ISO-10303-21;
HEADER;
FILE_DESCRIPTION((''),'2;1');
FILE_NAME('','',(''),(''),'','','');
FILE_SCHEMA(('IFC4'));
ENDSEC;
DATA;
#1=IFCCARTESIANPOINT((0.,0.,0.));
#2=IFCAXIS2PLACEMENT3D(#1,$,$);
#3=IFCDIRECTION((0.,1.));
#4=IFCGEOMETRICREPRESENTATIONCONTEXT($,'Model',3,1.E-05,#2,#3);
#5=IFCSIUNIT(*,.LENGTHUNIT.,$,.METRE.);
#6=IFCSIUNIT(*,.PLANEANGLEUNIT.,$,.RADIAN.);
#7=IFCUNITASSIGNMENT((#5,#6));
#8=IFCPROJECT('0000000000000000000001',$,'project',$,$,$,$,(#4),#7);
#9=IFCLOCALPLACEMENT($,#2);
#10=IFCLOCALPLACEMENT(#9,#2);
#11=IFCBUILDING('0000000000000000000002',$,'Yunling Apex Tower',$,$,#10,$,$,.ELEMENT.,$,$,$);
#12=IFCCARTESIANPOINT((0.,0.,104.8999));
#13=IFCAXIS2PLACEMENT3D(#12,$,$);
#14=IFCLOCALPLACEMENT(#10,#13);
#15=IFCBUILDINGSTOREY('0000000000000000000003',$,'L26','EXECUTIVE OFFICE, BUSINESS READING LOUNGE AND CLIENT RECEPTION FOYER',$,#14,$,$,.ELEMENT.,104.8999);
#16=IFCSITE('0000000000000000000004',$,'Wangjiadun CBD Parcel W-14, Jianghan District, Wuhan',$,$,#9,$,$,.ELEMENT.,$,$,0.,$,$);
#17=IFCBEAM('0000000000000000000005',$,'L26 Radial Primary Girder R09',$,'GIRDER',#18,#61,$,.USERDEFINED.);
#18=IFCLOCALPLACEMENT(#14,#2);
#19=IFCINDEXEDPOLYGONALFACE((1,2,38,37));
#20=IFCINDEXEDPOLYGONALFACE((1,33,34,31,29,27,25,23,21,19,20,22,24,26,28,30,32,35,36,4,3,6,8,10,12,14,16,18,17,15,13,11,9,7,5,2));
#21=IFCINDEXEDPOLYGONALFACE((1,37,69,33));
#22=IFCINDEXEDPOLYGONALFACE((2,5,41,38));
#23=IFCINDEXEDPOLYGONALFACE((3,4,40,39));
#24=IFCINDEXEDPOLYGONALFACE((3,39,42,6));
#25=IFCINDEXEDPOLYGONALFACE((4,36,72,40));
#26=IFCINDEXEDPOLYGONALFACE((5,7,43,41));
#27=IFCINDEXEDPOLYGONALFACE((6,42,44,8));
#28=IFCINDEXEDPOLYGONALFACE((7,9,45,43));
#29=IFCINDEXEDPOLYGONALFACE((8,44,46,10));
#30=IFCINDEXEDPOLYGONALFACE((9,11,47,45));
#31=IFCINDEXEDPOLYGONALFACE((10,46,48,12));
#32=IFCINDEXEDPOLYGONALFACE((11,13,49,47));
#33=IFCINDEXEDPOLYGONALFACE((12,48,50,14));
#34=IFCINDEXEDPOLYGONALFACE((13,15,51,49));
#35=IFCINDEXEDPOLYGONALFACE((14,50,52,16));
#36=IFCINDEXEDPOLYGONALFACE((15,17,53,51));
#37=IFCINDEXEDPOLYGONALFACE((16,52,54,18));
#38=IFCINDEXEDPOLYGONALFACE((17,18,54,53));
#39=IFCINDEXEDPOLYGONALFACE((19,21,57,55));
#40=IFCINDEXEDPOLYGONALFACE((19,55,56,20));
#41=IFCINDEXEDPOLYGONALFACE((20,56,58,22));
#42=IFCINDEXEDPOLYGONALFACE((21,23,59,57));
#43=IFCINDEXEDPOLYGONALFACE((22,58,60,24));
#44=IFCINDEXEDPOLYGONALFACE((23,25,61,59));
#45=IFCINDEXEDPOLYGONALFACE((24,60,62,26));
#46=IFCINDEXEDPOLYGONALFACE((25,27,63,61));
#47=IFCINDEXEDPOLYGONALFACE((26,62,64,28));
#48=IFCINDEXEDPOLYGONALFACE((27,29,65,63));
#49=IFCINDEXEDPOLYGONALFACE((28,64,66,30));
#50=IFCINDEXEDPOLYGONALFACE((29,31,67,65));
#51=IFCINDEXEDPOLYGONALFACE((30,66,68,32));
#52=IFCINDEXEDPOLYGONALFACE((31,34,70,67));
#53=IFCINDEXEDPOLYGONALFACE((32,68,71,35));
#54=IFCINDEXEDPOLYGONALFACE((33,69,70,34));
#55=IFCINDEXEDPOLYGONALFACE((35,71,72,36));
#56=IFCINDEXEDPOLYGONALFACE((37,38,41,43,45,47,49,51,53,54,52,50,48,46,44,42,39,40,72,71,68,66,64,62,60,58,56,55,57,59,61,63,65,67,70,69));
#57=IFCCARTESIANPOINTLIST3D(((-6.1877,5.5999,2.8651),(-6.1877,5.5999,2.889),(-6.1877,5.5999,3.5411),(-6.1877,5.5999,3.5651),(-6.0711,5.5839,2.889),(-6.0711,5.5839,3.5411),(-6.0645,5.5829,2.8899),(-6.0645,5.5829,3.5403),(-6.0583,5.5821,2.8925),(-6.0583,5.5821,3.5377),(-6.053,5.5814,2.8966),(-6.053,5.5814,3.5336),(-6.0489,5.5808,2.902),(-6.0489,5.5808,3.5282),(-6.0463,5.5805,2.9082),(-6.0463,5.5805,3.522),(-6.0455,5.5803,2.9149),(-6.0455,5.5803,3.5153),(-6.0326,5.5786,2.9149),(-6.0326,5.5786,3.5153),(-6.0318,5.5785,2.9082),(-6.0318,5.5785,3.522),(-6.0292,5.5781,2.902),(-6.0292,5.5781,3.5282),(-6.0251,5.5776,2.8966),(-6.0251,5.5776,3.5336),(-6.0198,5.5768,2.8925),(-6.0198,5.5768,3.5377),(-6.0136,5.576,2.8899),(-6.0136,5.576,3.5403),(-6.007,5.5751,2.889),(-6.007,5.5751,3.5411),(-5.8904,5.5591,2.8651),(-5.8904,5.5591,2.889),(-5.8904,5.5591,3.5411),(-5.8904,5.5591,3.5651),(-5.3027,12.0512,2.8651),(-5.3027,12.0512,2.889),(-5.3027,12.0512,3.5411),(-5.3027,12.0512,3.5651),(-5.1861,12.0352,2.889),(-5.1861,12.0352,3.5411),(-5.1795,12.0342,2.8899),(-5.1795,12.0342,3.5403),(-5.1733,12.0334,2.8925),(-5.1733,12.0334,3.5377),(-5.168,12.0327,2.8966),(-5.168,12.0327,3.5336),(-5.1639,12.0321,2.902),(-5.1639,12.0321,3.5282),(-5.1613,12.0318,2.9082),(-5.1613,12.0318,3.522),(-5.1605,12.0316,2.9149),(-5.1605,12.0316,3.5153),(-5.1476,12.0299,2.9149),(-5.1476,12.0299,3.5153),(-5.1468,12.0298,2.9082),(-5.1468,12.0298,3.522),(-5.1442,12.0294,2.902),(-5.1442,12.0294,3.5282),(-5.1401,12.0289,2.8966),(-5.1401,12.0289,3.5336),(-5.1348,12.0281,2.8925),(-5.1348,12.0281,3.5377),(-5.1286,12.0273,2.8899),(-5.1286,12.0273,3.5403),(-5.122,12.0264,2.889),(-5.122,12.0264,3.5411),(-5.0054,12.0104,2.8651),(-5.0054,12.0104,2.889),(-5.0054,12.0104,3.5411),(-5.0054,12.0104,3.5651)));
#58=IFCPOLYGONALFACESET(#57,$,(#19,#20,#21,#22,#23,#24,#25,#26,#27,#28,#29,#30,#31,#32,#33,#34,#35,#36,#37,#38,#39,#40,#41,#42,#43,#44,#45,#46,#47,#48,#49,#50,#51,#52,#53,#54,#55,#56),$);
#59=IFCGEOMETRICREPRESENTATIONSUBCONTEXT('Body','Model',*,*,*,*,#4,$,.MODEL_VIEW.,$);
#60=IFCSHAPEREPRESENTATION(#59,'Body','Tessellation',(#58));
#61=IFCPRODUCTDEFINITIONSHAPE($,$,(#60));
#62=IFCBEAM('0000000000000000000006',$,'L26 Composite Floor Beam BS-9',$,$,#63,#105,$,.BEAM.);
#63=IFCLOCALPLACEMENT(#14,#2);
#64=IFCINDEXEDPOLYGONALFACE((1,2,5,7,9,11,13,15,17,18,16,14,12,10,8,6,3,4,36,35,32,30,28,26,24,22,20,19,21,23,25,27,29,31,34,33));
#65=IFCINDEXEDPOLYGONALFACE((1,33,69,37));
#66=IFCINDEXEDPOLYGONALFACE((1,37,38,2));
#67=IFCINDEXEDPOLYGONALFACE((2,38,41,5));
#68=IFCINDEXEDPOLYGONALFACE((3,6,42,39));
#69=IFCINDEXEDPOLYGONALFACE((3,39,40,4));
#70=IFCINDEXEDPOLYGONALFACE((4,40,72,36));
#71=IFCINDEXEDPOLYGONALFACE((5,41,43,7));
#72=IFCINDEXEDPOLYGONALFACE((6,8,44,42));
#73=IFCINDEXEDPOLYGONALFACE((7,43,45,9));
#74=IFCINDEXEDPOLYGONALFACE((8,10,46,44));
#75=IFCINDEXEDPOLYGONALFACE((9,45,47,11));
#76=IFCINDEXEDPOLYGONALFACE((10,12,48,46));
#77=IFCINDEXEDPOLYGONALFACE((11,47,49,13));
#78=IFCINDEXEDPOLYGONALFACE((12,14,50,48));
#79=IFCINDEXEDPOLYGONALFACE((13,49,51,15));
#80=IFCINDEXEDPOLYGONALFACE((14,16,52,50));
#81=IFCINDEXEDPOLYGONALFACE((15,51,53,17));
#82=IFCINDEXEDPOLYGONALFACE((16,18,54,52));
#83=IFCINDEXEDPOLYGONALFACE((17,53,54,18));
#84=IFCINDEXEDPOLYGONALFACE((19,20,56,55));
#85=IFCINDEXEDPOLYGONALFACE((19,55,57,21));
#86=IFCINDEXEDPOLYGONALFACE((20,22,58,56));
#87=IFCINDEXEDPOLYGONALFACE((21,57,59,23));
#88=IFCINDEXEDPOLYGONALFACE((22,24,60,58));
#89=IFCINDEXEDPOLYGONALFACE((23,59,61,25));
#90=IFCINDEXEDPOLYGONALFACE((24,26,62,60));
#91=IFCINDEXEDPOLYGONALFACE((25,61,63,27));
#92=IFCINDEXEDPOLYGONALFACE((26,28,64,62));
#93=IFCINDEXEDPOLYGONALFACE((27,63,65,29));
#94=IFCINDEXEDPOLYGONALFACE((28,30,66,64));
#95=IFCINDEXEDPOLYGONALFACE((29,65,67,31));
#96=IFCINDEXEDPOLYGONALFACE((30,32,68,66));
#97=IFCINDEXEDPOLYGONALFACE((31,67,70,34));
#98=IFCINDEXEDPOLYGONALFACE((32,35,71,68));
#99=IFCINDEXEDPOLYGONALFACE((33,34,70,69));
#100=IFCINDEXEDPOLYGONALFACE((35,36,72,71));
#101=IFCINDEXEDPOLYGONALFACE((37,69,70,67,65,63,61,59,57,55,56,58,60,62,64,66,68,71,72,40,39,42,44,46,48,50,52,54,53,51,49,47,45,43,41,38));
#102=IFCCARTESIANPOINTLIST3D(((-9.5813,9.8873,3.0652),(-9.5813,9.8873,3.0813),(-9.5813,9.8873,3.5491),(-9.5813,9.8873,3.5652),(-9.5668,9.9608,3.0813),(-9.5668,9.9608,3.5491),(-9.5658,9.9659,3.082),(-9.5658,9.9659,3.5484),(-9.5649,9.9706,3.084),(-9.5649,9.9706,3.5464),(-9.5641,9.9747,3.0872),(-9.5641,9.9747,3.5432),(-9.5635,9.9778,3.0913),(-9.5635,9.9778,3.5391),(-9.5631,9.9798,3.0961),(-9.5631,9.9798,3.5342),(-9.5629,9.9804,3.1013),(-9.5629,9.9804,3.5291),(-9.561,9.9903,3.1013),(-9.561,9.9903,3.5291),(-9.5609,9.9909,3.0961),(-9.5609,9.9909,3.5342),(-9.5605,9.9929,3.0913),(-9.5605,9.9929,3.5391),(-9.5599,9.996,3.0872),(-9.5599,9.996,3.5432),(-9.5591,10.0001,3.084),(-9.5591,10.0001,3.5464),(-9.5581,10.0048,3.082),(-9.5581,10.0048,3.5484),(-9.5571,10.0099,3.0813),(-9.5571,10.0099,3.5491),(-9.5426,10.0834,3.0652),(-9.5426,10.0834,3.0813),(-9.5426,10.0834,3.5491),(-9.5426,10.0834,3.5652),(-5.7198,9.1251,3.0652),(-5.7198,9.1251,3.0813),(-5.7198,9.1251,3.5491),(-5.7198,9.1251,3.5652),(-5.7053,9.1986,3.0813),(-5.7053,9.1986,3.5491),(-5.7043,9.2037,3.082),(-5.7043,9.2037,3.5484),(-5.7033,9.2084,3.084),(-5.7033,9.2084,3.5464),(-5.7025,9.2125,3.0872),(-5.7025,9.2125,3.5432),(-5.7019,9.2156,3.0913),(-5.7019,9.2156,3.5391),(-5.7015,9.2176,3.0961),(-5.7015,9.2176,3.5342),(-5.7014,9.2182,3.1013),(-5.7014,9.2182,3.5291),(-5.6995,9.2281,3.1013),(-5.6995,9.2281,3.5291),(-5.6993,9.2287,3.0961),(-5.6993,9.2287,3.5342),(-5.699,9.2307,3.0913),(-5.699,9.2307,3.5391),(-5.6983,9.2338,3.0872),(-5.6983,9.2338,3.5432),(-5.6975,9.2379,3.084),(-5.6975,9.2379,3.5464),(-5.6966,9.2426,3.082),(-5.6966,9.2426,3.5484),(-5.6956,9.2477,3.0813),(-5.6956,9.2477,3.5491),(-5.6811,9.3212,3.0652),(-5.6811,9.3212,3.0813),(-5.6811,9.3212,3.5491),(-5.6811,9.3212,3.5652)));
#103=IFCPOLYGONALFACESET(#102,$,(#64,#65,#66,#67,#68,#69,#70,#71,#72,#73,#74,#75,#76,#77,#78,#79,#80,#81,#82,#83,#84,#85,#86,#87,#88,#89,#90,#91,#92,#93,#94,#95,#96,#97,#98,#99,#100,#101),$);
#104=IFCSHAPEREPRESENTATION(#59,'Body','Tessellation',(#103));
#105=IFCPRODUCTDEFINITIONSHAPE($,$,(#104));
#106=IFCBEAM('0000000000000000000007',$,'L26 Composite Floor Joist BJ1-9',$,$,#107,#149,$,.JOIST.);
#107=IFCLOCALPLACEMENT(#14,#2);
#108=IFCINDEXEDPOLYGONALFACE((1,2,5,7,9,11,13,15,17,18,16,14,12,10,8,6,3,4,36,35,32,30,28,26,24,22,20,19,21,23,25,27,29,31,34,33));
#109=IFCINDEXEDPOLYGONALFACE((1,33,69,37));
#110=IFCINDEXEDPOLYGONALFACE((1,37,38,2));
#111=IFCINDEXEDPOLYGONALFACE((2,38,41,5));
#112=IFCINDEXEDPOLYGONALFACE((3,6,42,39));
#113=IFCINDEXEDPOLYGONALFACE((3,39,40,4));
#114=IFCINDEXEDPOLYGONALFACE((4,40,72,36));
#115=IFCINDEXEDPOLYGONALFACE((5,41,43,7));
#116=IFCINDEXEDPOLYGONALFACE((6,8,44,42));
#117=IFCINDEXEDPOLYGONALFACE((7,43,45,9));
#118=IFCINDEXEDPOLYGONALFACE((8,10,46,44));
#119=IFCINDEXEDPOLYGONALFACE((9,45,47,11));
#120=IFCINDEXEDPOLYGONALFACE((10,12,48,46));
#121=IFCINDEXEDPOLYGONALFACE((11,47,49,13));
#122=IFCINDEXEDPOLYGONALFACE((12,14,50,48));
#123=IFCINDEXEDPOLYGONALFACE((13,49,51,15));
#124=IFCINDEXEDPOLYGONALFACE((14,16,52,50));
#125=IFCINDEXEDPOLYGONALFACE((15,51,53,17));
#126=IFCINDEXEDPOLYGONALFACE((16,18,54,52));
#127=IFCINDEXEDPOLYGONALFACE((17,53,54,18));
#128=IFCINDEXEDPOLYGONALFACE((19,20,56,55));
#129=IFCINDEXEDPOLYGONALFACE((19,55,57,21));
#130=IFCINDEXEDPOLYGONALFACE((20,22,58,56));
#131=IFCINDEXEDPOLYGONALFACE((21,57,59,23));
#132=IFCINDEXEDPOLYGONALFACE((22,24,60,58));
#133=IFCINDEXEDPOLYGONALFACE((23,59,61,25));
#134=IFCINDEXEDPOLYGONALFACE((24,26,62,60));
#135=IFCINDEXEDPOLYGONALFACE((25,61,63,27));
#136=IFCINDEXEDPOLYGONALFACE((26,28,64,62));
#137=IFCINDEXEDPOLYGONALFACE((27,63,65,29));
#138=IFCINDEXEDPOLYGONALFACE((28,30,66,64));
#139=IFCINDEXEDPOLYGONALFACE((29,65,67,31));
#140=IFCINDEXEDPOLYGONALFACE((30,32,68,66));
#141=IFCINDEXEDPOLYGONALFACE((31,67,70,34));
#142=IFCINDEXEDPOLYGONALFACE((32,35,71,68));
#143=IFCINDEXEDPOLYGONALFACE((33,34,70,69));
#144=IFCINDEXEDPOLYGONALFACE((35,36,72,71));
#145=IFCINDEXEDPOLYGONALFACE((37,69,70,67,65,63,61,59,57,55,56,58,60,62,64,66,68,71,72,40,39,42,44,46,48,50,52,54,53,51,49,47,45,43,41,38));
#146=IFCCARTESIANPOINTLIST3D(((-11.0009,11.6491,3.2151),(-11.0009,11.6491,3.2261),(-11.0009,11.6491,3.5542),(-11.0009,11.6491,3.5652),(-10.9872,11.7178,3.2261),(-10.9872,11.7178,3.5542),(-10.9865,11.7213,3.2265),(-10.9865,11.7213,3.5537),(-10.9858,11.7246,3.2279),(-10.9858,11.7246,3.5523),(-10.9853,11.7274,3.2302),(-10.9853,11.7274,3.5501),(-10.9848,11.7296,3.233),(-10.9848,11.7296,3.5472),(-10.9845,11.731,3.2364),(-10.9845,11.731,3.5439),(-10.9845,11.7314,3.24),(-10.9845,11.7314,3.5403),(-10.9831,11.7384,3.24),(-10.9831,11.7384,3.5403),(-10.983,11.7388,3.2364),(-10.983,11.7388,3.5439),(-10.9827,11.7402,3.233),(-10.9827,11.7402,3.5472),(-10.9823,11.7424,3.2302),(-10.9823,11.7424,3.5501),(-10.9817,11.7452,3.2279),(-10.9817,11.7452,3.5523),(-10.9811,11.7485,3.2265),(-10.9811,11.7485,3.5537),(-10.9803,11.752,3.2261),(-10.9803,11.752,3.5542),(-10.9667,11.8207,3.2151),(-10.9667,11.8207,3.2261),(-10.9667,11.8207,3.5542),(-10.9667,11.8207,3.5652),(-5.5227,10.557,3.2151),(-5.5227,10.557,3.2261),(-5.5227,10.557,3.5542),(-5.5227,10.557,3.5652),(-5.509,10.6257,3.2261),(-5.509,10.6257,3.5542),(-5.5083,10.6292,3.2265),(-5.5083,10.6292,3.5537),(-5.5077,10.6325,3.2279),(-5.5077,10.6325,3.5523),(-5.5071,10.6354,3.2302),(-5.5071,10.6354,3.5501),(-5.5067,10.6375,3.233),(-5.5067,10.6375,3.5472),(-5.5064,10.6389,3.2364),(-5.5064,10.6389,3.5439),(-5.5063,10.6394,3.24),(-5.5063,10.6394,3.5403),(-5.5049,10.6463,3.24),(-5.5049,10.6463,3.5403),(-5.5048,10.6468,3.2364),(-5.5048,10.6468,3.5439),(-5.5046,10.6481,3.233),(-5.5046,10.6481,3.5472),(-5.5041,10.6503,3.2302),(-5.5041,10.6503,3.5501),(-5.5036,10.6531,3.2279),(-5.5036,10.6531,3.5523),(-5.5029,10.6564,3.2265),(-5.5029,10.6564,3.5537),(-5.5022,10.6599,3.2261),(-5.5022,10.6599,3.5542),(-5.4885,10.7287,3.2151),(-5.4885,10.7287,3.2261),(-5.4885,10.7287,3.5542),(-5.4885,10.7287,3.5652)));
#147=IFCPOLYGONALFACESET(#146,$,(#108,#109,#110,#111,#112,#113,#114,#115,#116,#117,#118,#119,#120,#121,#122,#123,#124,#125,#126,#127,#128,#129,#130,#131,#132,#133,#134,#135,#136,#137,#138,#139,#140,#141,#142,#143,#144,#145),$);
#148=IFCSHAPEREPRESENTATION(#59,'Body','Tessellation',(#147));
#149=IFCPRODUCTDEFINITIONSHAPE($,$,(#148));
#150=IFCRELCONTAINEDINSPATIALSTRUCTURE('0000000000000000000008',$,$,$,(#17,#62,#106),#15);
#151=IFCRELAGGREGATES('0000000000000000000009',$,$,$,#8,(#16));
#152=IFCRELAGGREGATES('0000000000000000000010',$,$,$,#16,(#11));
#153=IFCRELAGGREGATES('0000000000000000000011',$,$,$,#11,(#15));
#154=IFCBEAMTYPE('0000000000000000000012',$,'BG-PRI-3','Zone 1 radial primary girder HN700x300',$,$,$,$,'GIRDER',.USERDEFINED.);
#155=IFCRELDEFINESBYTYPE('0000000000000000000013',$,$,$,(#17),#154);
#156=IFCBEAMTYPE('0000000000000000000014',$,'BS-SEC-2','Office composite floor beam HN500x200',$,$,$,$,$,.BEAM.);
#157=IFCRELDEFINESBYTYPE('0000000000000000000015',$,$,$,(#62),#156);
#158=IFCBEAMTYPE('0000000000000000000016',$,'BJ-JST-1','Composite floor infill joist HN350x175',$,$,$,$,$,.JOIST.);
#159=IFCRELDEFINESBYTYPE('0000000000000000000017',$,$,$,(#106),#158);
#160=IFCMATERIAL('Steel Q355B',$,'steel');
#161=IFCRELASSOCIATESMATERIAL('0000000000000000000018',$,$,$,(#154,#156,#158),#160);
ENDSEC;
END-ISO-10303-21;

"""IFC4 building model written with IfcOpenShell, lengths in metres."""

from ifc_helpers import new_model, si_unit, direction, frame, origin, origin_2d, place, context, subcontext, project, spatial, i_section, extrude, source, transform, mapped, material, material_profile, profile_set, type_object, element, save


model = new_model("IFC4")

# Units and contexts
model_context = context("Model", 3, precision=1e-05, world=origin(), true_north=direction((0.0, 1.0)))
body_context = subcontext(model_context, "Body", "Model", "MODEL_VIEW")
ifc_project = project(units=[si_unit("LENGTHUNIT", "METRE"), si_unit("PLANEANGLEUNIT", "RADIAN")], contexts=[model_context])

# Site, building, storey
site_placement = place(None, origin())
site = spatial("IfcSite", under=ifc_project, at=site_placement, Name="Wangjiadun CBD Parcel W-14, Jianghan District, Wuhan", CompositionType="ELEMENT", RefElevation=0.0)
building_placement = place(site_placement, origin())
building = spatial("IfcBuilding", under=site, at=building_placement, Name="Yunling Apex Tower", CompositionType="ELEMENT")
storey_placement = place(building_placement, frame((0.0, 0.0, 104.8999)))
storey = spatial("IfcBuildingStorey", under=building, at=storey_placement, Name="L26", Description="EXECUTIVE OFFICE, BUSINESS READING LOUNGE AND CLIENT RECEPTION FOYER", CompositionType="ELEMENT", Elevation=104.8999)

# Beams
ifc_material_1 = material(Name="Steel Q355B", Category="steel")
ifc_material_profile_1 = material_profile(ifc_material_1, i_section(OverallWidth=0.3, OverallDepth=0.7, WebThickness=0.0129, FlangeThickness=0.0239, FilletRadius=0.0259, at=origin_2d()))
ifc_profile_set_1 = profile_set([ifc_material_profile_1], Name="Steel Q355B")
beam_type_1 = type_object("IfcBeamType", Name="BG-PRI-3", Description="Zone 1 radial primary girder HN700x300", ElementType="GIRDER", PredefinedType="USERDEFINED", material=ifc_profile_set_1)
shared_shape_1 = source(origin(), body_context, "Body", "SweptSolid", [
    extrude(i_section(OverallWidth=0.3, OverallDepth=0.7, WebThickness=0.0129, FlangeThickness=0.0239, FilletRadius=0.0259, at=origin_2d()), origin(), (0.0, 0.0, 1.0), 6.5117),
])
beam_1_placement = place(storey_placement, frame((-5.1541, 12.0308, 3.2151), z_axis=(-0.135908, -0.990721, 0.0), x_axis=(0.990721, -0.135908, 0.0)))
element("IfcBeam", 1, at=beam_1_placement, inside=storey, type_object=beam_type_1, Name="L26 Radial Primary Girder R09", ObjectType="GIRDER", PredefinedType="USERDEFINED", context=body_context, shape_type="MappedRepresentation", body=[
    mapped(shared_shape_1, transform((0.0, 0.0, 0.0), scale=1.0)),
])
ifc_material_profile_2 = material_profile(ifc_material_1, i_section(OverallWidth=0.2, OverallDepth=0.5, WebThickness=0.01, FlangeThickness=0.0161, FilletRadius=0.02, at=origin_2d()))
ifc_profile_set_2 = profile_set([ifc_material_profile_2], Name="Steel Q355B")
beam_type_2 = type_object("IfcBeamType", Name="BS-SEC-2", Description="Office composite floor beam HN500x200", PredefinedType="BEAM", material=ifc_profile_set_2)
shared_shape_2 = source(origin(), body_context, "Body", "SweptSolid", [
    extrude(i_section(OverallWidth=0.2, OverallDepth=0.5, WebThickness=0.01, FlangeThickness=0.0161, FilletRadius=0.02, at=origin_2d()), origin(), (0.0, 0.0, 1.0), 3.936),
])
beam_2_placement = place(storey_placement, frame((-5.7004, 9.2231, 3.3152), z_axis=(-0.981071, 0.193646, 0.0), x_axis=(-0.193646, -0.981071, 0.0)))
element("IfcBeam", 2, at=beam_2_placement, inside=storey, type_object=beam_type_2, Name="L26 Composite Floor Beam BS-9", PredefinedType="BEAM", context=body_context, shape_type="MappedRepresentation", body=[
    mapped(shared_shape_2, transform((0.0, 0.0, 0.0), scale=1.0)),
])
ifc_material_profile_3 = material_profile(ifc_material_1, i_section(OverallWidth=0.175, OverallDepth=0.3501, WebThickness=0.0071, FlangeThickness=0.011, FilletRadius=0.0139, at=origin_2d()))
ifc_profile_set_3 = profile_set([ifc_material_profile_3], Name="Steel Q355B")
beam_type_3 = type_object("IfcBeamType", Name="BJ-JST-1", Description="Composite floor infill joist HN350x175", PredefinedType="JOIST", material=ifc_profile_set_3)
shared_shape_3 = source(origin(), body_context, "Body", "SweptSolid", [
    extrude(i_section(OverallWidth=0.175, OverallDepth=0.3501, WebThickness=0.0071, FlangeThickness=0.011, FilletRadius=0.0139, at=origin_2d()), origin(), (0.0, 0.0, 1.0), 5.5859),
])
beam_3_placement = place(storey_placement, frame((-5.5056, 10.6428, 3.3901), z_axis=(-0.980703, 0.195503, 0.0), x_axis=(-0.195503, -0.980703, 0.0)))
element("IfcBeam", 3, at=beam_3_placement, inside=storey, type_object=beam_type_3, Name="L26 Composite Floor Joist BJ1-9", PredefinedType="JOIST", context=body_context, shape_type="MappedRepresentation", body=[
    mapped(shared_shape_3, transform((0.0, 0.0, 0.0), scale=1.0)),
])

save(model, "model.ifc")
